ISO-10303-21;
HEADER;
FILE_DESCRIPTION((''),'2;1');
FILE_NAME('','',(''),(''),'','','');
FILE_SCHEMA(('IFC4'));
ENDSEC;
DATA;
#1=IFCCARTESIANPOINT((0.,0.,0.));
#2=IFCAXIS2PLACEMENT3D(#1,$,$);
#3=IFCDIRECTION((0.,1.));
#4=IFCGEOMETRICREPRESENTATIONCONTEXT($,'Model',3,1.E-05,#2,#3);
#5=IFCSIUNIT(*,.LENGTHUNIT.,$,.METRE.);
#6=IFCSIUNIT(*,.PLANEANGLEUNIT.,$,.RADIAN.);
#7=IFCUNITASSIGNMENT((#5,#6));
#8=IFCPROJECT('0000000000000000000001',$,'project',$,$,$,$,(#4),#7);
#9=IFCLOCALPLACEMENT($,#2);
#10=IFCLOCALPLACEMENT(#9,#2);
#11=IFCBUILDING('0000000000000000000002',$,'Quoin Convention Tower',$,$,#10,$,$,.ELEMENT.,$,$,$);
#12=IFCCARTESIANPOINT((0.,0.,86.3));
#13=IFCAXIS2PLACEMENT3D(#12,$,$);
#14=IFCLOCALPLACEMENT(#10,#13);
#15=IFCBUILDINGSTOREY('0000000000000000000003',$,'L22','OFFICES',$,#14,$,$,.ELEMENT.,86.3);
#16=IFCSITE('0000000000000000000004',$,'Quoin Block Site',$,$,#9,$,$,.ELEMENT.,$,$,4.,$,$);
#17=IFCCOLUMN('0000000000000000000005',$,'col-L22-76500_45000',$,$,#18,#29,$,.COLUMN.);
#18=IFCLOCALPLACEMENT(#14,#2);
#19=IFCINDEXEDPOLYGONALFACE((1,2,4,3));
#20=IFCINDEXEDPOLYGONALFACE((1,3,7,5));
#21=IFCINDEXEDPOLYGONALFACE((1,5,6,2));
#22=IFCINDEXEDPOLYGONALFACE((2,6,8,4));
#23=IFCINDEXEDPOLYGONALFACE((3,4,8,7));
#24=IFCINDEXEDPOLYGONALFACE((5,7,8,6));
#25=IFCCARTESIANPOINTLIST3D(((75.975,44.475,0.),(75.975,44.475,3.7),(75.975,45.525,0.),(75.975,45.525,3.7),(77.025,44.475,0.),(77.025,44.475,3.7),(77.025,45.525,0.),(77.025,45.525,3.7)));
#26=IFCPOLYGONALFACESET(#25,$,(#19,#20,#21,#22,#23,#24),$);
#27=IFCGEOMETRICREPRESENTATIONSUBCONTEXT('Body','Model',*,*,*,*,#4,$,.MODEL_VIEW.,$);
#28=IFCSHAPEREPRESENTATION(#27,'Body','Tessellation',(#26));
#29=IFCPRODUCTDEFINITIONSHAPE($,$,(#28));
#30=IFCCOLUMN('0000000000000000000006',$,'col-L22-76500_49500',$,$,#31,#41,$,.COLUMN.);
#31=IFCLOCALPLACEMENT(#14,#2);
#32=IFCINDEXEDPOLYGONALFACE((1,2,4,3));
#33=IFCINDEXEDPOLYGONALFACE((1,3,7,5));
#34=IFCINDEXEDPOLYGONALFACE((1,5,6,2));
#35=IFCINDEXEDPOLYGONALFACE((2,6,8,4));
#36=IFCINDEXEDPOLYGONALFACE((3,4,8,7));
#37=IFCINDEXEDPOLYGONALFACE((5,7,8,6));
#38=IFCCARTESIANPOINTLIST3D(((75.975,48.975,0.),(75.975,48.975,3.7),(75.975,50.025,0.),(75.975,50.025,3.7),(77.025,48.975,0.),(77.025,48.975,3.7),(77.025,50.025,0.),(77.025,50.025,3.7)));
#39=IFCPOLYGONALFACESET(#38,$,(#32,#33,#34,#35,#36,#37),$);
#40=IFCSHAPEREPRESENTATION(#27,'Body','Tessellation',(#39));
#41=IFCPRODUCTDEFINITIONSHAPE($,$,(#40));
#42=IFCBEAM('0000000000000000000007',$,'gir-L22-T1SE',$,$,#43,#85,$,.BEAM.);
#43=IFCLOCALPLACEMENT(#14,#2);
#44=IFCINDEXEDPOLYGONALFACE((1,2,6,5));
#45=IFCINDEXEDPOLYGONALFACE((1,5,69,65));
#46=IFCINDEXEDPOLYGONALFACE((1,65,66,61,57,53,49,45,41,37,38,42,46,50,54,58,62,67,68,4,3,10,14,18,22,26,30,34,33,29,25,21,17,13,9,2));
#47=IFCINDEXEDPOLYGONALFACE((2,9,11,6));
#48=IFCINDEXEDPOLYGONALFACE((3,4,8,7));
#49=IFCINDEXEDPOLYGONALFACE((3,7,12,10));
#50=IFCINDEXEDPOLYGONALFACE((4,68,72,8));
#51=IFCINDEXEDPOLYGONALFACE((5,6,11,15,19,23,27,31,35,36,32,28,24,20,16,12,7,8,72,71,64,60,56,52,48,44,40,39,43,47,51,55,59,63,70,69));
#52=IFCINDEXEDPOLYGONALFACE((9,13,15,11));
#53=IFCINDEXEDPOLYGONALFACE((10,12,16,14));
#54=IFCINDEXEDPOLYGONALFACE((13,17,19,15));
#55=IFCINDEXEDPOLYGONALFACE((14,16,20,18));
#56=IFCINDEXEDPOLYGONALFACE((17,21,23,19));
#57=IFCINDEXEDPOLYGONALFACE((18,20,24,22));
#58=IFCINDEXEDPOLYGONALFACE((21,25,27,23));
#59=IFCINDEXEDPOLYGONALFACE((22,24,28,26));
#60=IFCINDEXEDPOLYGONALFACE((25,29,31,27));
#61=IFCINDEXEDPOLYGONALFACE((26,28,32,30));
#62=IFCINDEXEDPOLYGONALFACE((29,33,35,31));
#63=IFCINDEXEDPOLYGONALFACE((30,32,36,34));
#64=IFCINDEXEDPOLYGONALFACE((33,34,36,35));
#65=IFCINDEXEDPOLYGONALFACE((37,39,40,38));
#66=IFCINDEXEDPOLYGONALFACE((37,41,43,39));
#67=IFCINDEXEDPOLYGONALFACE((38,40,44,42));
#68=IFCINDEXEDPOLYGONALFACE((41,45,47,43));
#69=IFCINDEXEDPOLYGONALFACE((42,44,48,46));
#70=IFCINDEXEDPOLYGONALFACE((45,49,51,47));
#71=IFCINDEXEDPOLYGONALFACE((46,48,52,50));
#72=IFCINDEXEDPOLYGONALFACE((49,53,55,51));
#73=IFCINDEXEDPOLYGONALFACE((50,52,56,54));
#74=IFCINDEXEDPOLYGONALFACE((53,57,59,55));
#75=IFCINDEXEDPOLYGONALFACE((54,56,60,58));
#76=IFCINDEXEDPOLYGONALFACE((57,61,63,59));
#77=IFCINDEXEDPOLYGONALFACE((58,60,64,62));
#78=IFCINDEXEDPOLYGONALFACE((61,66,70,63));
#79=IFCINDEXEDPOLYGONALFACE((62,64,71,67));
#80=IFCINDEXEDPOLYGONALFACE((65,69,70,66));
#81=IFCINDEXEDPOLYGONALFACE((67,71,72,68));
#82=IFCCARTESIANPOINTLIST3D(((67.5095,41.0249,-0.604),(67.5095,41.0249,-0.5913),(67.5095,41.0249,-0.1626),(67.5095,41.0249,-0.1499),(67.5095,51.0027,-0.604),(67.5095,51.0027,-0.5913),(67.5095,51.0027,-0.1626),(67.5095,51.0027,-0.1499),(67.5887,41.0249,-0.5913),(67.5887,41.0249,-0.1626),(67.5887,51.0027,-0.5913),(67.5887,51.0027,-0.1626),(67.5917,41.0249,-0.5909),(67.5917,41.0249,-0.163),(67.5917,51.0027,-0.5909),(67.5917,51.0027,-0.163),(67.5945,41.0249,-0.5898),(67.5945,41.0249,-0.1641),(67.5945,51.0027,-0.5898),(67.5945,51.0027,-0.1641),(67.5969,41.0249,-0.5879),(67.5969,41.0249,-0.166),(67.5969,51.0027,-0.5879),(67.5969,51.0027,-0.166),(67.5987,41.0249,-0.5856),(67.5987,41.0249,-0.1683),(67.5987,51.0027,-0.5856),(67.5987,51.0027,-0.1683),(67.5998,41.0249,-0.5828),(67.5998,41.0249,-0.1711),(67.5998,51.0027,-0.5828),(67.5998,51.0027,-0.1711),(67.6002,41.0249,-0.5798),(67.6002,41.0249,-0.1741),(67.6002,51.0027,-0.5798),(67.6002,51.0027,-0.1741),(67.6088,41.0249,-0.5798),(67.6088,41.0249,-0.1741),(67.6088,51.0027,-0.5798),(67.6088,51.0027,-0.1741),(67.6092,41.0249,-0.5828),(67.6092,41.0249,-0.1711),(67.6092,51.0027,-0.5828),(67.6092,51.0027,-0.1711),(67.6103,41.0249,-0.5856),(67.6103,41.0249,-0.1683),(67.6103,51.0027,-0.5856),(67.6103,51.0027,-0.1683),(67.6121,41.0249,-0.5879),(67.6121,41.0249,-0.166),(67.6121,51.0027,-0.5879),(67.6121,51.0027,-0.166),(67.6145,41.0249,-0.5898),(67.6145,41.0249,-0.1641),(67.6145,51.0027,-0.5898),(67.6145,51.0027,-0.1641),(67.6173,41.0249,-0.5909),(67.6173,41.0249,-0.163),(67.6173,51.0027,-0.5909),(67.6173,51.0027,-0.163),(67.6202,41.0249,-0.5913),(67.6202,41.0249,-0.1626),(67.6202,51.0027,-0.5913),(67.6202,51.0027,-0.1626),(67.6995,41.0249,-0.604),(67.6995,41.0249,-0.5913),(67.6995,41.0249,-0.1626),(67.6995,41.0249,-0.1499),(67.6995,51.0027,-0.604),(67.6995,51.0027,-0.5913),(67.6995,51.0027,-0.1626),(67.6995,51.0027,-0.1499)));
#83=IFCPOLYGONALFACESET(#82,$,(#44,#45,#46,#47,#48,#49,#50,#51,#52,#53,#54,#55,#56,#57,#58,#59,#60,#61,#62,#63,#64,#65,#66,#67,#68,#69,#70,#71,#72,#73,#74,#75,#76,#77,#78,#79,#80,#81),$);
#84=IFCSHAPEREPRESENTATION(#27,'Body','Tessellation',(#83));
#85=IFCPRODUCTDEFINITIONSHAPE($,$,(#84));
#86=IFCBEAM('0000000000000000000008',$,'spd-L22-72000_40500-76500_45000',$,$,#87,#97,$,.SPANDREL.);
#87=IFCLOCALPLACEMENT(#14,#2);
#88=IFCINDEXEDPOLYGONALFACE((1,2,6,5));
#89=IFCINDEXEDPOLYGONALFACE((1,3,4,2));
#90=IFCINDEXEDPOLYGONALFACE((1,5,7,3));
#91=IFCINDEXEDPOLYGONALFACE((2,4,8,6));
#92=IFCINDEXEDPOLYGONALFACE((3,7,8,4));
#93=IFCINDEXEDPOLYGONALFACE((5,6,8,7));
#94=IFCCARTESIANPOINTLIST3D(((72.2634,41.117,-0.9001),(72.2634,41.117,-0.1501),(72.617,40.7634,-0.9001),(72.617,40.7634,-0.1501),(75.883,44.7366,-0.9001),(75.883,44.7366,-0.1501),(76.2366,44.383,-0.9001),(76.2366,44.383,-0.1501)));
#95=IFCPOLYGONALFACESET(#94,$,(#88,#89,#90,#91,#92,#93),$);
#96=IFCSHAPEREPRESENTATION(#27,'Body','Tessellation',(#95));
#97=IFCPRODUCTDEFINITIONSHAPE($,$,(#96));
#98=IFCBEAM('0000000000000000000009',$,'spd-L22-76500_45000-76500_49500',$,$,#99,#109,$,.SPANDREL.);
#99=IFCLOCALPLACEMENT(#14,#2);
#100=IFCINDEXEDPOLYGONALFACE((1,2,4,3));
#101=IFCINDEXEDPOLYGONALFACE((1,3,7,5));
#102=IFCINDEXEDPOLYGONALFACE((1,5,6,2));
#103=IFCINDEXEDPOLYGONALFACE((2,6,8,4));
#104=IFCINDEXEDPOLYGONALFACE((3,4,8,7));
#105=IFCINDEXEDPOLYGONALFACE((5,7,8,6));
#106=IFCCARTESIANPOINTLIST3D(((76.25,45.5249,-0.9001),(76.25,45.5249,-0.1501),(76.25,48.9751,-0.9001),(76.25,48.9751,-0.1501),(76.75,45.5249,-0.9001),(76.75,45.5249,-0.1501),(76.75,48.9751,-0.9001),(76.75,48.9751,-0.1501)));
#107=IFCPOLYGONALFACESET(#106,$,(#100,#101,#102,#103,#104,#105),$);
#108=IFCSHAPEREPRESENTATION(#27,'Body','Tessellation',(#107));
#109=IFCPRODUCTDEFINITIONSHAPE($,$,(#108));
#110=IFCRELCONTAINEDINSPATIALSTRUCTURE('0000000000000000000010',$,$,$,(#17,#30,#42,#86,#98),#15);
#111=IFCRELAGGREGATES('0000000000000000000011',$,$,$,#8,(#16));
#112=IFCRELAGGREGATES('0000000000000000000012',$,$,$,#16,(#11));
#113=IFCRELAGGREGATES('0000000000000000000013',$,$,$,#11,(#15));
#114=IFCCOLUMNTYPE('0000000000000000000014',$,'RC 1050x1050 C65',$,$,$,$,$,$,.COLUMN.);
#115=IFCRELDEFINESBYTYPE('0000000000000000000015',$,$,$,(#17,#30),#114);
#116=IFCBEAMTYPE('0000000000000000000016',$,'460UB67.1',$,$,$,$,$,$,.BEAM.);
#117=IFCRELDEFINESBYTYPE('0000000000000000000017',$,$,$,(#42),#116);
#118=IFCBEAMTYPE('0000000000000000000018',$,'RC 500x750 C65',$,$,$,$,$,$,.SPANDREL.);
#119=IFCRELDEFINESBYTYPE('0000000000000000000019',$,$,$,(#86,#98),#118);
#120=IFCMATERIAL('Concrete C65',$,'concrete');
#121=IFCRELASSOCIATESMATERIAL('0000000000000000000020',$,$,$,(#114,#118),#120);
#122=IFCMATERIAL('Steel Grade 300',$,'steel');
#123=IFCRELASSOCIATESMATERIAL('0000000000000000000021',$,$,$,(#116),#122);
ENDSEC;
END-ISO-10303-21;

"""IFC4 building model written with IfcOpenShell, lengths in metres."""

from ifc_helpers import new_model, si_unit, direction, frame, origin, origin_2d, place, context, subcontext, project, spatial, rectangle, i_section, extrude, material, material_profile, profile_set, type_object, element, save


model = new_model("IFC4")

# Units and contexts
model_context = context("Model", 3, precision=1e-05, world=origin(), true_north=direction((0.0, 1.0)))
body_context = subcontext(model_context, "Body", "Model", "MODEL_VIEW")
ifc_project = project(units=[si_unit("LENGTHUNIT", "METRE"), si_unit("PLANEANGLEUNIT", "RADIAN")], contexts=[model_context])

# Site, building, storey
site_placement = place(None, origin())
site = spatial("IfcSite", under=ifc_project, at=site_placement, Name="Quoin Block Site", CompositionType="ELEMENT", RefElevation=4.0)
building_placement = place(site_placement, origin())
building = spatial("IfcBuilding", under=site, at=building_placement, Name="Quoin Convention Tower", CompositionType="ELEMENT")
storey_placement = place(building_placement, frame((0.0, 0.0, 86.3)))
storey = spatial("IfcBuildingStorey", under=building, at=storey_placement, Name="L22", Description="OFFICES", CompositionType="ELEMENT", Elevation=86.3)

# Columns
ifc_material_1 = material(Name="Concrete C65", Category="concrete")
ifc_material_profile_1 = material_profile(ifc_material_1, rectangle(XDim=1.05, YDim=1.05, at=origin_2d()), Name="RC 1050x1050")
ifc_profile_set_1 = profile_set([ifc_material_profile_1], Name="Concrete C65")
column_type = type_object("IfcColumnType", Name="RC 1050x1050 C65", PredefinedType="COLUMN", material=ifc_profile_set_1)
for number, where, z_axis, x_axis, name in (
    (1, (76.5, 45.0, 0.0), (0.0, 0.0, 1.0), (1.0, 0.0, 0.0), "col-L22-76500_45000"),
    (2, (76.5, 49.5, 0.0), (0.0, 0.0, 1.0), (1.0, 0.0, 0.0), "col-L22-76500_49500"),
):
    element("IfcColumn", number, at=place(storey_placement, frame(where, z_axis=z_axis, x_axis=x_axis)), inside=storey, type_object=column_type, Name=name, PredefinedType="COLUMN", context=body_context, shape_type="SweptSolid", body=[
        extrude(rectangle(XDim=1.05, YDim=1.05, at=origin_2d()), origin(), (0.0, 0.0, 1.0), 3.7),
    ])

# Beams
ifc_material_2 = material(Name="Steel Grade 300", Category="steel")
ifc_material_profile_2 = material_profile(ifc_material_2, i_section(OverallWidth=0.1899, OverallDepth=0.4541, WebThickness=0.0085, FlangeThickness=0.0127, FilletRadius=0.0115, at=origin_2d()), Name="460UB67.1")
ifc_profile_set_2 = profile_set([ifc_material_profile_2], Name="Steel Grade 300")
beam_type_1 = type_object("IfcBeamType", Name="460UB67.1", PredefinedType="BEAM", material=ifc_profile_set_2)
beam_1_placement = place(storey_placement, frame((67.6045, 41.0249, -0.377), z_axis=(0.0, 1.0, 0.0), x_axis=(-1.0, 0.0, 0.0)))
element("IfcBeam", 3, at=beam_1_placement, inside=storey, type_object=beam_type_1, Name="gir-L22-T1SE", PredefinedType="BEAM", context=body_context, shape_type="SweptSolid", body=[
    extrude(i_section(OverallWidth=0.1899, OverallDepth=0.4541, WebThickness=0.0085, FlangeThickness=0.0127, FilletRadius=0.0115, at=origin_2d()), origin(), (0.0, 0.0, 1.0), 9.9778),
])
ifc_material_profile_3 = material_profile(ifc_material_1, rectangle(XDim=0.5, YDim=0.75, at=origin_2d()), Name="RC 500x750")
ifc_profile_set_3 = profile_set([ifc_material_profile_3], Name="Concrete C65")
beam_type_2 = type_object("IfcBeamType", Name="RC 500x750 C65", PredefinedType="SPANDREL", material=ifc_profile_set_3)
beam_2_placement = place(storey_placement, frame((72.4402, 40.9402, -0.5251), z_axis=(0.707107, 0.707107, 0.0), x_axis=(-0.707107, 0.707107, 0.0)))
element("IfcBeam", 4, at=beam_2_placement, inside=storey, type_object=beam_type_2, Name="spd-L22-72000_40500-76500_45000", PredefinedType="SPANDREL", context=body_context, shape_type="SweptSolid", body=[
    extrude(rectangle(XDim=0.5, YDim=0.75, at=origin_2d()), origin(), (0.0, 0.0, 1.0), 5.1189),
])
beam_3_placement = place(storey_placement, frame((76.5, 45.5249, -0.5251), z_axis=(0.0, 1.0, 0.0), x_axis=(-1.0, 0.0, 0.0)))
element("IfcBeam", 5, at=beam_3_placement, inside=storey, type_object=beam_type_2, Name="spd-L22-76500_45000-76500_49500", PredefinedType="SPANDREL", context=body_context, shape_type="SweptSolid", body=[
    extrude(rectangle(XDim=0.5, YDim=0.75, at=origin_2d()), origin(), (0.0, 0.0, 1.0), 3.4502),
])

save(model, "model.ifc")
